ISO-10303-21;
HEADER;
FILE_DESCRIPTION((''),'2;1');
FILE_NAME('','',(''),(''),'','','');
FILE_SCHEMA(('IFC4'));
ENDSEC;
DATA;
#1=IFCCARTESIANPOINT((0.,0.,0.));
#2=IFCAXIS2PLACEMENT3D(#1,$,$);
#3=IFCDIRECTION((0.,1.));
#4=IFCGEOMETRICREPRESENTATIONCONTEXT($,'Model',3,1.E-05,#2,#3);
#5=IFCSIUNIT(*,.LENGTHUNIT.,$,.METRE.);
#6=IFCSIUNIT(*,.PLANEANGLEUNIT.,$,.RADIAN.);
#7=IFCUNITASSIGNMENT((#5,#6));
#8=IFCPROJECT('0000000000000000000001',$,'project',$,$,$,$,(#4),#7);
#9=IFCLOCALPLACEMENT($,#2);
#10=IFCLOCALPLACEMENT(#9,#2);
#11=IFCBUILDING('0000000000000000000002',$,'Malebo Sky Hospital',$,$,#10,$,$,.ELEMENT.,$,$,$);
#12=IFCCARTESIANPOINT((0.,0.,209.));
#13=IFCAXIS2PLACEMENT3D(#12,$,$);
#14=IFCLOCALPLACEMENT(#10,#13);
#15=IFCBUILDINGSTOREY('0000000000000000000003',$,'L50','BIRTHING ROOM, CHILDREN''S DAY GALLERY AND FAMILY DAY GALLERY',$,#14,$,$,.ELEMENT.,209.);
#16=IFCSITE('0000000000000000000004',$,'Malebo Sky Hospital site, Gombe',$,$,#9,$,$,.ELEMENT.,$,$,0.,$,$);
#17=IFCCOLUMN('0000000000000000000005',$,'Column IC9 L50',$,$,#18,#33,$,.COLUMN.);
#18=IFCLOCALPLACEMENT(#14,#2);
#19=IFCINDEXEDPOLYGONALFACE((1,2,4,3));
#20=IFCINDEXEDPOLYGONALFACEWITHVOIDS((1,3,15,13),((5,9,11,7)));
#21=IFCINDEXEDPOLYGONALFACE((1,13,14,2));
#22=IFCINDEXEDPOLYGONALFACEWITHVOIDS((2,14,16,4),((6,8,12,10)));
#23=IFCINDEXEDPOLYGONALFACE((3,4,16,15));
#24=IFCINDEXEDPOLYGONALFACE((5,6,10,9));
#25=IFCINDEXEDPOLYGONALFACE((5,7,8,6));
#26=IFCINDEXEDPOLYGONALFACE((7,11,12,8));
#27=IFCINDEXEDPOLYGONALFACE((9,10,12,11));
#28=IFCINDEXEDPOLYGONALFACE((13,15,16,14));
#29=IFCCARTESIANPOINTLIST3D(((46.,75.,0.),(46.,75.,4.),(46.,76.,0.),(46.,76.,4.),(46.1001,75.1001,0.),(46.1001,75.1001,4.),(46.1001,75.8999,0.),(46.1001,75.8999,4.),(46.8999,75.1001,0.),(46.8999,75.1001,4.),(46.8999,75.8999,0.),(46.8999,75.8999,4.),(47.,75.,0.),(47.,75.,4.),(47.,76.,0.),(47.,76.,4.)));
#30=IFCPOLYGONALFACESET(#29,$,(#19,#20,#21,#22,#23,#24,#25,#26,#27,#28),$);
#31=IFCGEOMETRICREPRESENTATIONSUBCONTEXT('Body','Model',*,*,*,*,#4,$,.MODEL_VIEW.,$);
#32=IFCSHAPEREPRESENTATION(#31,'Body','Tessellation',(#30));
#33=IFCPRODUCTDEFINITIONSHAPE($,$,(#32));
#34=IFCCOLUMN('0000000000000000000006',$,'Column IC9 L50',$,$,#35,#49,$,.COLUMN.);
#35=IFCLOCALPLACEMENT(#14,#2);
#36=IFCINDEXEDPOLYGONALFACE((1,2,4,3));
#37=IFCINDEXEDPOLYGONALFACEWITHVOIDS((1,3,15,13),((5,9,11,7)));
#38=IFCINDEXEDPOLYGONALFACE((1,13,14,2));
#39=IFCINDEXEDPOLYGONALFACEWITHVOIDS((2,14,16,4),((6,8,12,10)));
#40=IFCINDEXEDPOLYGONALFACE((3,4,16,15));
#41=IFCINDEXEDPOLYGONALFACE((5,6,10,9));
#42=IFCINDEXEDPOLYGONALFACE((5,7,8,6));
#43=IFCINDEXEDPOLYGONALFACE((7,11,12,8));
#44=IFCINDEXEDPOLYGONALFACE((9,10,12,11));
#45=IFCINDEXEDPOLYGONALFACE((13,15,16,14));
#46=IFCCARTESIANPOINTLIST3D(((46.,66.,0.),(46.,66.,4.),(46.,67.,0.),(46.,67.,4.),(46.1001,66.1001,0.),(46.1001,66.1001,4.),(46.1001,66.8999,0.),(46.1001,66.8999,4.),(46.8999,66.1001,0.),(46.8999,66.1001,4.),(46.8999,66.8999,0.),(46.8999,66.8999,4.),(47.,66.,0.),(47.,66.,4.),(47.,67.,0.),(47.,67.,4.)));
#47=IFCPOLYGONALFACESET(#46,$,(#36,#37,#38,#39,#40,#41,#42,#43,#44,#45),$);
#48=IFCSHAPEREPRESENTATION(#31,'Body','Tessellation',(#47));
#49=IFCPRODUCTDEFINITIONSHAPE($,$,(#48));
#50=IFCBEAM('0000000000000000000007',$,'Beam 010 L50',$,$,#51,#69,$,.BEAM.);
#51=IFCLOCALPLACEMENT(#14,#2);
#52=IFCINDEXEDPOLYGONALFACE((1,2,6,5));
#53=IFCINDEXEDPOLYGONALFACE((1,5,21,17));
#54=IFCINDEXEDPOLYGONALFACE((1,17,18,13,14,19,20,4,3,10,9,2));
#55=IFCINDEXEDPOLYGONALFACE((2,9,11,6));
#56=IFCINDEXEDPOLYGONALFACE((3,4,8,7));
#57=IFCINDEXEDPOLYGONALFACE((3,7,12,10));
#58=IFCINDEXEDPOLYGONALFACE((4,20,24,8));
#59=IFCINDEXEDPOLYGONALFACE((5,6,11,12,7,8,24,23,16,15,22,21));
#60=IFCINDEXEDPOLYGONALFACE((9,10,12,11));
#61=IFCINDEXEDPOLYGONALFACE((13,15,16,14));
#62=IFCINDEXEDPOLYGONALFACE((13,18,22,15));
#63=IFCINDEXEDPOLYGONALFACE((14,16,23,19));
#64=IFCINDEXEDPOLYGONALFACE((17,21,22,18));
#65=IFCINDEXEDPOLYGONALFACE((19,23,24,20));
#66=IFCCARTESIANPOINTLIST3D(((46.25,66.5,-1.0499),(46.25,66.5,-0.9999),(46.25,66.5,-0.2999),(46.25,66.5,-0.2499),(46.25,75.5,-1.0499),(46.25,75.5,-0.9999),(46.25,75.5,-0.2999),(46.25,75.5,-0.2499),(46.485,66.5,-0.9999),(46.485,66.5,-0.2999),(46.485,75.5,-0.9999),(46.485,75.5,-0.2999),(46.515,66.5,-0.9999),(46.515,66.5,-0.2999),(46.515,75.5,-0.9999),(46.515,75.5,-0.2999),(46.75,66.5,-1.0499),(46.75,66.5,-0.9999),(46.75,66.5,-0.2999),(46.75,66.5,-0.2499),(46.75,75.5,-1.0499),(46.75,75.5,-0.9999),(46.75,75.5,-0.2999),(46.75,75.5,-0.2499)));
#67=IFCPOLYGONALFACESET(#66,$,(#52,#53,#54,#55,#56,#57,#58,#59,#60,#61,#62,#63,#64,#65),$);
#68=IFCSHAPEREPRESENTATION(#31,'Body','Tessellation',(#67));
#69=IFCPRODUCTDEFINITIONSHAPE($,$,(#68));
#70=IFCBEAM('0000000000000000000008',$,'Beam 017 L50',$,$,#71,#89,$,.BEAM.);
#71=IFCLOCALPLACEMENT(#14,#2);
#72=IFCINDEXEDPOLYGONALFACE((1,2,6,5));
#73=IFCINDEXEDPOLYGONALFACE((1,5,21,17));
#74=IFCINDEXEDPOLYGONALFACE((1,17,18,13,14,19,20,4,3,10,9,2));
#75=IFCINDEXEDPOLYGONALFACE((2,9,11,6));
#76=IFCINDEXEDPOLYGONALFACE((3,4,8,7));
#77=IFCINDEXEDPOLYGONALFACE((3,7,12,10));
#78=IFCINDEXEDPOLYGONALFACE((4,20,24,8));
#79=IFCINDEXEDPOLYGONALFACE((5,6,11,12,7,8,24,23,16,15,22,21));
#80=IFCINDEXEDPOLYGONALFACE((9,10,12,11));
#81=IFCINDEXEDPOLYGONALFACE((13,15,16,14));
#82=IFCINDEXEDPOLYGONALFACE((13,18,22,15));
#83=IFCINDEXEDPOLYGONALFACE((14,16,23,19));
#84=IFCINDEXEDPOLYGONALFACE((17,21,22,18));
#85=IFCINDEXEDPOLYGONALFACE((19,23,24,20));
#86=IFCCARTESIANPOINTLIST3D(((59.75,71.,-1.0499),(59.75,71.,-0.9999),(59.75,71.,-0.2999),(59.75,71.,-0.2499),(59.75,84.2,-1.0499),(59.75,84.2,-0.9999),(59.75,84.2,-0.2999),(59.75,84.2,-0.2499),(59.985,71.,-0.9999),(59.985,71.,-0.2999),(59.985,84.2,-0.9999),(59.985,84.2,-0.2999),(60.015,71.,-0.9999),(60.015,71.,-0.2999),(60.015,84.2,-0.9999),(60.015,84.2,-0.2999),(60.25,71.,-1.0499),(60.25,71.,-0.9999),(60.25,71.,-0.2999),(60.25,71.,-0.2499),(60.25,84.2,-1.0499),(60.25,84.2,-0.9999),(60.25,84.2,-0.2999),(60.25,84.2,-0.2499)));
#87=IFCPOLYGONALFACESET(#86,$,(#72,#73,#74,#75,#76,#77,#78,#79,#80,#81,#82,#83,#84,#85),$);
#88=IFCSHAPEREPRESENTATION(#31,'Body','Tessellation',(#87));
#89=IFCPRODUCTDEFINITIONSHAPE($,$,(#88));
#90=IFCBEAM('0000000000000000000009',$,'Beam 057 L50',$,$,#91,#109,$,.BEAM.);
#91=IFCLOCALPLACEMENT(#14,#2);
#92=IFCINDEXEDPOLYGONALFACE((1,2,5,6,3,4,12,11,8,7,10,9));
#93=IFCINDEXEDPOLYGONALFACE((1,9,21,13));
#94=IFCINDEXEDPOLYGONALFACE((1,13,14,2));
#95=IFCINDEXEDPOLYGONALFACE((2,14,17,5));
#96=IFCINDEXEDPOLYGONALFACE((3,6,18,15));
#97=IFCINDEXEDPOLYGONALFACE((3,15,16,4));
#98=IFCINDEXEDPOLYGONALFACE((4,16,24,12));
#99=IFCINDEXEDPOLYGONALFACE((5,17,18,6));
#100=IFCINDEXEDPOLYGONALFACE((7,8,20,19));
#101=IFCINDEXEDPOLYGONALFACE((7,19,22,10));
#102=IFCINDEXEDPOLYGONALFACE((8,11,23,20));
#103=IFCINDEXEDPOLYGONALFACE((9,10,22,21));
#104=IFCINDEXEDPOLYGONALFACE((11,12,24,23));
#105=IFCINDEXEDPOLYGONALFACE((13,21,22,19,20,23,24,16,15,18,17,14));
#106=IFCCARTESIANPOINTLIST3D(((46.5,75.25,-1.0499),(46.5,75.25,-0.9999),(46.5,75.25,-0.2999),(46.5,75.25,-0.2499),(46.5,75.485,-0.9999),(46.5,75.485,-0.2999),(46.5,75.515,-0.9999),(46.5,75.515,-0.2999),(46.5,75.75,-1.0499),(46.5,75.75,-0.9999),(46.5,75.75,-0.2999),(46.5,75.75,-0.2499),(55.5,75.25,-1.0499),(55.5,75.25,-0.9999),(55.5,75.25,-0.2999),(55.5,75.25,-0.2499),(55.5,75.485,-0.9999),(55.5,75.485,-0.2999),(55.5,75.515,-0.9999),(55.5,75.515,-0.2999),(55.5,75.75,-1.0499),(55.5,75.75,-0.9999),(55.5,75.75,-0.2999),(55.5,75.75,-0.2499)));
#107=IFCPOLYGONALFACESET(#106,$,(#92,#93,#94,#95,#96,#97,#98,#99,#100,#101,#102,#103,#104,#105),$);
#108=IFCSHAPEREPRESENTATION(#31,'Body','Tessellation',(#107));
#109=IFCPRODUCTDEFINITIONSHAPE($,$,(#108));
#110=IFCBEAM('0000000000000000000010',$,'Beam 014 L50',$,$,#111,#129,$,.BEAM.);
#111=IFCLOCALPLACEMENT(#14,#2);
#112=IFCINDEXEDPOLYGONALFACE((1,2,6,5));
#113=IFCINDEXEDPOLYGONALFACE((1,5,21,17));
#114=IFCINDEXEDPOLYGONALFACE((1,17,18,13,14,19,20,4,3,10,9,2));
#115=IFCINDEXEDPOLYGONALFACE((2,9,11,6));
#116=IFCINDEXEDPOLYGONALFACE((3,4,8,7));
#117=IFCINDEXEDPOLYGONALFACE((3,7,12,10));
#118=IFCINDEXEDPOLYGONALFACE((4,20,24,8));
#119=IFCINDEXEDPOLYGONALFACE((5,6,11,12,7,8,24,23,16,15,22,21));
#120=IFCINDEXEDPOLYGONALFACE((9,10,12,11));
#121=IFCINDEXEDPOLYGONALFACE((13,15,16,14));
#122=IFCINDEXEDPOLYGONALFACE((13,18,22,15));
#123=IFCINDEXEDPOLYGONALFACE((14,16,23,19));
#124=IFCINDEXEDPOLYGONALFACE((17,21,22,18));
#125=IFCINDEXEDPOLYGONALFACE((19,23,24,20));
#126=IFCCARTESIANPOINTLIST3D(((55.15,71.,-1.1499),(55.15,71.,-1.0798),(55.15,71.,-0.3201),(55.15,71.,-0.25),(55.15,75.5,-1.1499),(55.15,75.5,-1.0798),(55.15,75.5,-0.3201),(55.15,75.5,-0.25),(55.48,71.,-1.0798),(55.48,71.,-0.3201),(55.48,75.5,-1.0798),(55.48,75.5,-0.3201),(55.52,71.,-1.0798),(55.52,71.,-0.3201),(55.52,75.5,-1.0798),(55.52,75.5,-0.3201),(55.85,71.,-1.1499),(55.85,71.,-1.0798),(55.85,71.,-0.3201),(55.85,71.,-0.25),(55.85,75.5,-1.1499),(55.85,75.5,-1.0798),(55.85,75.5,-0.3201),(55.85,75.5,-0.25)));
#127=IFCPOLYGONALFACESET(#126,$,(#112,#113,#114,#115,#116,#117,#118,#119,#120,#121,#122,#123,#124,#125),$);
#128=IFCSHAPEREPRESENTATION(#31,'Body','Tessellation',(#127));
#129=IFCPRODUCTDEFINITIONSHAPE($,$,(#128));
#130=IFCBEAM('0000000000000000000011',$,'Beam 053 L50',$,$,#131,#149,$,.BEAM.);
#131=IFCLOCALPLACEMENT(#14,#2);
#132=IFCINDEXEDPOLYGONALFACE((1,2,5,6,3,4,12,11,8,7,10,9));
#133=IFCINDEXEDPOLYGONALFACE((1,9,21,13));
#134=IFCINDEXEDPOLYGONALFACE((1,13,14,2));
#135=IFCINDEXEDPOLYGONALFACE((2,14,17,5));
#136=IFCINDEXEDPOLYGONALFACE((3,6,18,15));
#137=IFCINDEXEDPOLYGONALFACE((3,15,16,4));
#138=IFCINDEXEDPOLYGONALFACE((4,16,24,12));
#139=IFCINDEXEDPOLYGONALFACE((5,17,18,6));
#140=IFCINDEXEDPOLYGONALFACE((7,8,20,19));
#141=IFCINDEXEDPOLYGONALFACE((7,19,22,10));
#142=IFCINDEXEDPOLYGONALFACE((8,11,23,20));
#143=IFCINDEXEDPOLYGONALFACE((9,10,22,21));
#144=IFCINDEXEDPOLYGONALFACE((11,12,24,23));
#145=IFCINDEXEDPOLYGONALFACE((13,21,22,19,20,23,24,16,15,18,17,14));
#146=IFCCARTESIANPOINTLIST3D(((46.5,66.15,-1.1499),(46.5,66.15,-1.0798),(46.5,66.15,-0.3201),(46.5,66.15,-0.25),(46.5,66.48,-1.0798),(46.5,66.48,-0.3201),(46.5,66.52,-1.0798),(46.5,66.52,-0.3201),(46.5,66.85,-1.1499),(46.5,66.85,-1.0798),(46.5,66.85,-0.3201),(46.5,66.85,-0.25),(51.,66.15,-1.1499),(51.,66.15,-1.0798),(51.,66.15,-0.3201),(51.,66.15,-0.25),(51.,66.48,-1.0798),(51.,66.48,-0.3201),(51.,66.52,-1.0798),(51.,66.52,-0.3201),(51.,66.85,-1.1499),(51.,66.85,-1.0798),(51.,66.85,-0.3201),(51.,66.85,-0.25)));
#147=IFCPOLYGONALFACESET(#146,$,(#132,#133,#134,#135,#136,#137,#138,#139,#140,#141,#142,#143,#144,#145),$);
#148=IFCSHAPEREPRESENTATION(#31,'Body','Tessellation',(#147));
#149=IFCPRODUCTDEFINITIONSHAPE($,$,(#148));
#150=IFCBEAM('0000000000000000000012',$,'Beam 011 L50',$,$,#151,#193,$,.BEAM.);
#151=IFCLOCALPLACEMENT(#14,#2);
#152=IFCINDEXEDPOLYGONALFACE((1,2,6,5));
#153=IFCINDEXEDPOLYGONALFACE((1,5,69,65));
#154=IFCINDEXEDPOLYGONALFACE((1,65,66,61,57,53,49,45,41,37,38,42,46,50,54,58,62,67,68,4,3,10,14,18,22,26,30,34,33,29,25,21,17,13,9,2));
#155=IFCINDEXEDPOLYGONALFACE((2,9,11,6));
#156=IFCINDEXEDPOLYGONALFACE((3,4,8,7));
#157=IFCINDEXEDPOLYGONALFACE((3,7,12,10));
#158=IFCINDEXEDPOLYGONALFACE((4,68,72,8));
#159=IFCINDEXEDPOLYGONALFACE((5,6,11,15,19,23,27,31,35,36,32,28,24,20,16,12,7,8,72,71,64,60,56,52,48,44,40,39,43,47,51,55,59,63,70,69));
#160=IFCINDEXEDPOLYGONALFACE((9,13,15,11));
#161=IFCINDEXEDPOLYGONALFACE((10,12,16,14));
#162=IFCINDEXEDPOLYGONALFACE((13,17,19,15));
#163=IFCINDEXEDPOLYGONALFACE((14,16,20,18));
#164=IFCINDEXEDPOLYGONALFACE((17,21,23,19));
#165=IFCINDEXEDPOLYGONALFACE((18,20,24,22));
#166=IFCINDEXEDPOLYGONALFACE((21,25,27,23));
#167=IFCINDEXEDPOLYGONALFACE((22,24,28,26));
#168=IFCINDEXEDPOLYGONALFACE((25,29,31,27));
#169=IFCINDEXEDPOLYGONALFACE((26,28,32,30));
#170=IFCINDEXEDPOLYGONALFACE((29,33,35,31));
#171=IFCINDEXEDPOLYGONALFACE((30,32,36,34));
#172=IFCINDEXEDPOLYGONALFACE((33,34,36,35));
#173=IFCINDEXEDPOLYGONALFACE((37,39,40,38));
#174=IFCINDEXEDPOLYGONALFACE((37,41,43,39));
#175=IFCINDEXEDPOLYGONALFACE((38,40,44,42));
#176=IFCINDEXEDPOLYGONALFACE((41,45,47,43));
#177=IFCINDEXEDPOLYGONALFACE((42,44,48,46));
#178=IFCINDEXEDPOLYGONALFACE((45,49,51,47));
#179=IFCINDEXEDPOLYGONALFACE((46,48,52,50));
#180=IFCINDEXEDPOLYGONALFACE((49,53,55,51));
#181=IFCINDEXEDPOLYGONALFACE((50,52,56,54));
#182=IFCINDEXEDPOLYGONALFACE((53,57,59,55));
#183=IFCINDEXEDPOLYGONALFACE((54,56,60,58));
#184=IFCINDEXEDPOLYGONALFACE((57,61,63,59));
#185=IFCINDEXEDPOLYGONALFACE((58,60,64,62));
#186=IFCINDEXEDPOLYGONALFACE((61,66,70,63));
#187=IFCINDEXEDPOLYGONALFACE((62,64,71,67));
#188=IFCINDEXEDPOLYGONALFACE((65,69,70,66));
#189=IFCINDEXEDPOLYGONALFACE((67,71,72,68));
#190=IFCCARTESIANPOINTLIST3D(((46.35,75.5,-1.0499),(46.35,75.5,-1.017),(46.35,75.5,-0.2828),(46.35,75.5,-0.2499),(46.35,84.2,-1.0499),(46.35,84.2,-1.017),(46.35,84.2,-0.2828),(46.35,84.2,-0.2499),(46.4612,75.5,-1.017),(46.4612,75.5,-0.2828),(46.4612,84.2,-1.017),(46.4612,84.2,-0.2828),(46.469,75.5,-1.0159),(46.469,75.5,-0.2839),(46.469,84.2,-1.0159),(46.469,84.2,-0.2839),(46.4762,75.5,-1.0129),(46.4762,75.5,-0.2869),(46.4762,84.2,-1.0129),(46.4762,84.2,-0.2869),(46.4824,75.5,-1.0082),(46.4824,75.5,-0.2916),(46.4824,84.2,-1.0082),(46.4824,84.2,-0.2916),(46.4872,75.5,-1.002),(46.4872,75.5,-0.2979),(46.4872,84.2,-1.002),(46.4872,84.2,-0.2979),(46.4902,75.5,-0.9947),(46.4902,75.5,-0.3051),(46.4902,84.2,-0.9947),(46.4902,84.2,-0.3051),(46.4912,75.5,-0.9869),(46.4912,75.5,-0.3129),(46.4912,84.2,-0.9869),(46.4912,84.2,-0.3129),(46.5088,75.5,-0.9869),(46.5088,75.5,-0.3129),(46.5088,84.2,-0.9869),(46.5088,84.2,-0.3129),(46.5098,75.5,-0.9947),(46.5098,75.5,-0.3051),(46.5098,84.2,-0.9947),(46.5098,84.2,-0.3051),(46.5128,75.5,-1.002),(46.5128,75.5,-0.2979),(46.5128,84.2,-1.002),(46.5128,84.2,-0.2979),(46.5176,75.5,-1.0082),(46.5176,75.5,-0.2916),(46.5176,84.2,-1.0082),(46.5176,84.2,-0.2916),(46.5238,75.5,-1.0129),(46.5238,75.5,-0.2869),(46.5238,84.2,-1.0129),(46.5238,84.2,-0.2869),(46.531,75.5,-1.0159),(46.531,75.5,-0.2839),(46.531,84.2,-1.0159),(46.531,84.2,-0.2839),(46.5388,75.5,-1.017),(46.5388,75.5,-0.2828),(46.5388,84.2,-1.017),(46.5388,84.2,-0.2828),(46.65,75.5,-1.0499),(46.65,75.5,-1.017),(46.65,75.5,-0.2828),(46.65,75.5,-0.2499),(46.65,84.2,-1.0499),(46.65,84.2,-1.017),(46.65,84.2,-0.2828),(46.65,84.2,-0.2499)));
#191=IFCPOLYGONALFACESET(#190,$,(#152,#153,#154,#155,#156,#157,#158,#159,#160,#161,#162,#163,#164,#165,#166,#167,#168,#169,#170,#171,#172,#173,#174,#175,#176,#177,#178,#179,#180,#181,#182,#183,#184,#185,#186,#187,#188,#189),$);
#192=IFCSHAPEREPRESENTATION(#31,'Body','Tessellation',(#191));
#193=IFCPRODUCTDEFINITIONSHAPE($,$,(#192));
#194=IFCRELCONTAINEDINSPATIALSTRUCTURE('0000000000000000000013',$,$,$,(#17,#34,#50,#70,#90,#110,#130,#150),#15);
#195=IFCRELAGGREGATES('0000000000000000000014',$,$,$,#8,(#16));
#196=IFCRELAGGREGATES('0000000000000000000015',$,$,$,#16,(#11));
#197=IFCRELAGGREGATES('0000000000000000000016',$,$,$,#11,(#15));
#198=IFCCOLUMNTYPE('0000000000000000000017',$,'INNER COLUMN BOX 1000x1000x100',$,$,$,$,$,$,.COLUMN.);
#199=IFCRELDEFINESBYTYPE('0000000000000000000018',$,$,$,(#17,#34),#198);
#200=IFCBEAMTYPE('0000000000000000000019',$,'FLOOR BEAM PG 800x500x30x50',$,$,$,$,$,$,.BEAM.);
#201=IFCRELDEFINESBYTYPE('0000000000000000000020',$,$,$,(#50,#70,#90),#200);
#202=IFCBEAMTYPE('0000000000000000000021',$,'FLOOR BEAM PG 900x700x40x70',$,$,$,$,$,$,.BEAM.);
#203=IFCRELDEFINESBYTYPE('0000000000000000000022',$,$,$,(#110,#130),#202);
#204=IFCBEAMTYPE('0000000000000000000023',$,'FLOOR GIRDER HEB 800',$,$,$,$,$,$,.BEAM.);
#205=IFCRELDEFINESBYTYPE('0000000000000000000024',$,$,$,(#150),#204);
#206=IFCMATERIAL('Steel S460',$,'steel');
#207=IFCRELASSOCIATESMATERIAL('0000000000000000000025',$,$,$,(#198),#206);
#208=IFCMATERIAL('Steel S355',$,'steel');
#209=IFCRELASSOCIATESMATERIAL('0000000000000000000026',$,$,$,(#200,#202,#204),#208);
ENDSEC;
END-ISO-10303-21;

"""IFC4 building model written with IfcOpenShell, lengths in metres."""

from ifc_helpers import new_model, si_unit, direction, frame, origin, origin_2d, place, context, subcontext, project, spatial, hollow_rectangle, i_section, extrude, material, material_profile, profile_set, type_object, element, save


model = new_model("IFC4")

# Units and contexts
model_context = context("Model", 3, precision=1e-05, world=origin(), true_north=direction((0.0, 1.0)))
body_context = subcontext(model_context, "Body", "Model", "MODEL_VIEW")
ifc_project = project(units=[si_unit("LENGTHUNIT", "METRE"), si_unit("PLANEANGLEUNIT", "RADIAN")], contexts=[model_context])

# Site, building, storey
site_placement = place(None, origin())
site = spatial("IfcSite", under=ifc_project, at=site_placement, Name="Malebo Sky Hospital site, Gombe", CompositionType="ELEMENT", RefElevation=0.0)
building_placement = place(site_placement, origin())
building = spatial("IfcBuilding", under=site, at=building_placement, Name="Malebo Sky Hospital", CompositionType="ELEMENT")
storey_placement = place(building_placement, frame((0.0, 0.0, 209.0)))
storey = spatial("IfcBuildingStorey", under=building, at=storey_placement, Name="L50", Description="BIRTHING ROOM, CHILDREN'S DAY GALLERY AND FAMILY DAY GALLERY", CompositionType="ELEMENT", Elevation=209.0)

# Columns
ifc_material_1 = material(Name="Steel S460", Category="steel")
ifc_material_profile_1 = material_profile(ifc_material_1, hollow_rectangle(XDim=1.0, YDim=1.0, WallThickness=0.1001, at=origin_2d()), Name="BOX 1000x1000x100")
ifc_profile_set_1 = profile_set([ifc_material_profile_1], Name="Steel S460")
column_type = type_object("IfcColumnType", Name="INNER COLUMN BOX 1000x1000x100", PredefinedType="COLUMN", material=ifc_profile_set_1)
for number, where, z_axis, x_axis, name in (
    (1, (46.5, 75.5, 0.0), (0.0, 0.0, 1.0), (1.0, 0.0, 0.0), "Column IC9 L50"),
    (2, (46.5, 66.5, 0.0), (0.0, 0.0, 1.0), (1.0, 0.0, 0.0), "Column IC9 L50"),
):
    element("IfcColumn", number, at=place(storey_placement, frame(where, z_axis=z_axis, x_axis=x_axis)), inside=storey, type_object=column_type, Name=name, PredefinedType="COLUMN", context=body_context, shape_type="SweptSolid", body=[
        extrude(hollow_rectangle(XDim=1.0, YDim=1.0, WallThickness=0.1001, at=origin_2d()), origin(), (0.0, 0.0, 1.0), 4.0),
    ])

# Beams
ifc_material_2 = material(Name="Steel S355", Category="steel")
ifc_material_profile_2 = material_profile(ifc_material_2, i_section(OverallWidth=0.5, OverallDepth=0.8, WebThickness=0.03, FlangeThickness=0.05, at=origin_2d()), Name="PG 800x500x30x50")
ifc_profile_set_2 = profile_set([ifc_material_profile_2], Name="Steel S355")
beam_type_1 = type_object("IfcBeamType", Name="FLOOR BEAM PG 800x500x30x50", PredefinedType="BEAM", material=ifc_profile_set_2)
beam_1_placement = place(storey_placement, frame((46.5, 66.5, -0.6499), z_axis=(0.0, 1.0, 0.0), x_axis=(-1.0, 0.0, 0.0)))
element("IfcBeam", 3, at=beam_1_placement, inside=storey, type_object=beam_type_1, Name="Beam 010 L50", PredefinedType="BEAM", context=body_context, shape_type="SweptSolid", body=[
    extrude(i_section(OverallWidth=0.5, OverallDepth=0.8, WebThickness=0.03, FlangeThickness=0.05, at=origin_2d()), origin(), (0.0, 0.0, 1.0), 9.0),
])
beam_2_placement = place(storey_placement, frame((60.0, 71.0, -0.6499), z_axis=(0.0, 1.0, 0.0), x_axis=(-1.0, 0.0, 0.0)))
element("IfcBeam", 4, at=beam_2_placement, inside=storey, type_object=beam_type_1, Name="Beam 017 L50", PredefinedType="BEAM", context=body_context, shape_type="SweptSolid", body=[
    extrude(i_section(OverallWidth=0.5, OverallDepth=0.8, WebThickness=0.03, FlangeThickness=0.05, at=origin_2d()), origin(), (0.0, 0.0, 1.0), 13.2),
])
beam_3_placement = place(storey_placement, frame((46.5, 75.5, -0.6499), z_axis=(1.0, 0.0, 0.0), x_axis=(0.0, 1.0, 0.0)))
element("IfcBeam", 5, at=beam_3_placement, inside=storey, type_object=beam_type_1, Name="Beam 057 L50", PredefinedType="BEAM", context=body_context, shape_type="SweptSolid", body=[
    extrude(i_section(OverallWidth=0.5, OverallDepth=0.8, WebThickness=0.03, FlangeThickness=0.05, at=origin_2d()), origin(), (0.0, 0.0, 1.0), 9.0),
])
ifc_material_profile_3 = material_profile(ifc_material_2, i_section(OverallWidth=0.7, OverallDepth=0.8999, WebThickness=0.04, FlangeThickness=0.0701, at=origin_2d()), Name="PG 900x700x40x70")
ifc_profile_set_3 = profile_set([ifc_material_profile_3], Name="Steel S355")
beam_type_2 = type_object("IfcBeamType", Name="FLOOR BEAM PG 900x700x40x70", PredefinedType="BEAM", material=ifc_profile_set_3)
for number, where, z_axis, x_axis, name in (
    (6, (55.5, 71.0, -0.7), (0.0, 1.0, 0.0), (-1.0, 0.0, 0.0), "Beam 014 L50"),
    (7, (46.5, 66.5, -0.7), (1.0, 0.0, 0.0), (0.0, 1.0, 0.0), "Beam 053 L50"),
):
    element("IfcBeam", number, at=place(storey_placement, frame(where, z_axis=z_axis, x_axis=x_axis)), inside=storey, type_object=beam_type_2, Name=name, PredefinedType="BEAM", context=body_context, shape_type="SweptSolid", body=[
        extrude(i_section(OverallWidth=0.7, OverallDepth=0.8999, WebThickness=0.04, FlangeThickness=0.0701, at=origin_2d()), origin(), (0.0, 0.0, 1.0), 4.5),
    ])
ifc_material_profile_4 = material_profile(ifc_material_2, i_section(OverallWidth=0.3, OverallDepth=0.8, WebThickness=0.0176, FlangeThickness=0.033, FilletRadius=0.03, at=origin_2d()), Name="HEB 800")
ifc_profile_set_4 = profile_set([ifc_material_profile_4], Name="Steel S355")
beam_type_3 = type_object("IfcBeamType", Name="FLOOR GIRDER HEB 800", PredefinedType="BEAM", material=ifc_profile_set_4)
beam_4_placement = place(storey_placement, frame((46.5, 75.5, -0.6499), z_axis=(0.0, 1.0, 0.0), x_axis=(-1.0, 0.0, 0.0)))
element("IfcBeam", 8, at=beam_4_placement, inside=storey, type_object=beam_type_3, Name="Beam 011 L50", PredefinedType="BEAM", context=body_context, shape_type="SweptSolid", body=[
    extrude(i_section(OverallWidth=0.3, OverallDepth=0.8, WebThickness=0.0176, FlangeThickness=0.033, FilletRadius=0.03, at=origin_2d()), origin(), (0.0, 0.0, 1.0), 8.7),
])

save(model, "model.ifc")
